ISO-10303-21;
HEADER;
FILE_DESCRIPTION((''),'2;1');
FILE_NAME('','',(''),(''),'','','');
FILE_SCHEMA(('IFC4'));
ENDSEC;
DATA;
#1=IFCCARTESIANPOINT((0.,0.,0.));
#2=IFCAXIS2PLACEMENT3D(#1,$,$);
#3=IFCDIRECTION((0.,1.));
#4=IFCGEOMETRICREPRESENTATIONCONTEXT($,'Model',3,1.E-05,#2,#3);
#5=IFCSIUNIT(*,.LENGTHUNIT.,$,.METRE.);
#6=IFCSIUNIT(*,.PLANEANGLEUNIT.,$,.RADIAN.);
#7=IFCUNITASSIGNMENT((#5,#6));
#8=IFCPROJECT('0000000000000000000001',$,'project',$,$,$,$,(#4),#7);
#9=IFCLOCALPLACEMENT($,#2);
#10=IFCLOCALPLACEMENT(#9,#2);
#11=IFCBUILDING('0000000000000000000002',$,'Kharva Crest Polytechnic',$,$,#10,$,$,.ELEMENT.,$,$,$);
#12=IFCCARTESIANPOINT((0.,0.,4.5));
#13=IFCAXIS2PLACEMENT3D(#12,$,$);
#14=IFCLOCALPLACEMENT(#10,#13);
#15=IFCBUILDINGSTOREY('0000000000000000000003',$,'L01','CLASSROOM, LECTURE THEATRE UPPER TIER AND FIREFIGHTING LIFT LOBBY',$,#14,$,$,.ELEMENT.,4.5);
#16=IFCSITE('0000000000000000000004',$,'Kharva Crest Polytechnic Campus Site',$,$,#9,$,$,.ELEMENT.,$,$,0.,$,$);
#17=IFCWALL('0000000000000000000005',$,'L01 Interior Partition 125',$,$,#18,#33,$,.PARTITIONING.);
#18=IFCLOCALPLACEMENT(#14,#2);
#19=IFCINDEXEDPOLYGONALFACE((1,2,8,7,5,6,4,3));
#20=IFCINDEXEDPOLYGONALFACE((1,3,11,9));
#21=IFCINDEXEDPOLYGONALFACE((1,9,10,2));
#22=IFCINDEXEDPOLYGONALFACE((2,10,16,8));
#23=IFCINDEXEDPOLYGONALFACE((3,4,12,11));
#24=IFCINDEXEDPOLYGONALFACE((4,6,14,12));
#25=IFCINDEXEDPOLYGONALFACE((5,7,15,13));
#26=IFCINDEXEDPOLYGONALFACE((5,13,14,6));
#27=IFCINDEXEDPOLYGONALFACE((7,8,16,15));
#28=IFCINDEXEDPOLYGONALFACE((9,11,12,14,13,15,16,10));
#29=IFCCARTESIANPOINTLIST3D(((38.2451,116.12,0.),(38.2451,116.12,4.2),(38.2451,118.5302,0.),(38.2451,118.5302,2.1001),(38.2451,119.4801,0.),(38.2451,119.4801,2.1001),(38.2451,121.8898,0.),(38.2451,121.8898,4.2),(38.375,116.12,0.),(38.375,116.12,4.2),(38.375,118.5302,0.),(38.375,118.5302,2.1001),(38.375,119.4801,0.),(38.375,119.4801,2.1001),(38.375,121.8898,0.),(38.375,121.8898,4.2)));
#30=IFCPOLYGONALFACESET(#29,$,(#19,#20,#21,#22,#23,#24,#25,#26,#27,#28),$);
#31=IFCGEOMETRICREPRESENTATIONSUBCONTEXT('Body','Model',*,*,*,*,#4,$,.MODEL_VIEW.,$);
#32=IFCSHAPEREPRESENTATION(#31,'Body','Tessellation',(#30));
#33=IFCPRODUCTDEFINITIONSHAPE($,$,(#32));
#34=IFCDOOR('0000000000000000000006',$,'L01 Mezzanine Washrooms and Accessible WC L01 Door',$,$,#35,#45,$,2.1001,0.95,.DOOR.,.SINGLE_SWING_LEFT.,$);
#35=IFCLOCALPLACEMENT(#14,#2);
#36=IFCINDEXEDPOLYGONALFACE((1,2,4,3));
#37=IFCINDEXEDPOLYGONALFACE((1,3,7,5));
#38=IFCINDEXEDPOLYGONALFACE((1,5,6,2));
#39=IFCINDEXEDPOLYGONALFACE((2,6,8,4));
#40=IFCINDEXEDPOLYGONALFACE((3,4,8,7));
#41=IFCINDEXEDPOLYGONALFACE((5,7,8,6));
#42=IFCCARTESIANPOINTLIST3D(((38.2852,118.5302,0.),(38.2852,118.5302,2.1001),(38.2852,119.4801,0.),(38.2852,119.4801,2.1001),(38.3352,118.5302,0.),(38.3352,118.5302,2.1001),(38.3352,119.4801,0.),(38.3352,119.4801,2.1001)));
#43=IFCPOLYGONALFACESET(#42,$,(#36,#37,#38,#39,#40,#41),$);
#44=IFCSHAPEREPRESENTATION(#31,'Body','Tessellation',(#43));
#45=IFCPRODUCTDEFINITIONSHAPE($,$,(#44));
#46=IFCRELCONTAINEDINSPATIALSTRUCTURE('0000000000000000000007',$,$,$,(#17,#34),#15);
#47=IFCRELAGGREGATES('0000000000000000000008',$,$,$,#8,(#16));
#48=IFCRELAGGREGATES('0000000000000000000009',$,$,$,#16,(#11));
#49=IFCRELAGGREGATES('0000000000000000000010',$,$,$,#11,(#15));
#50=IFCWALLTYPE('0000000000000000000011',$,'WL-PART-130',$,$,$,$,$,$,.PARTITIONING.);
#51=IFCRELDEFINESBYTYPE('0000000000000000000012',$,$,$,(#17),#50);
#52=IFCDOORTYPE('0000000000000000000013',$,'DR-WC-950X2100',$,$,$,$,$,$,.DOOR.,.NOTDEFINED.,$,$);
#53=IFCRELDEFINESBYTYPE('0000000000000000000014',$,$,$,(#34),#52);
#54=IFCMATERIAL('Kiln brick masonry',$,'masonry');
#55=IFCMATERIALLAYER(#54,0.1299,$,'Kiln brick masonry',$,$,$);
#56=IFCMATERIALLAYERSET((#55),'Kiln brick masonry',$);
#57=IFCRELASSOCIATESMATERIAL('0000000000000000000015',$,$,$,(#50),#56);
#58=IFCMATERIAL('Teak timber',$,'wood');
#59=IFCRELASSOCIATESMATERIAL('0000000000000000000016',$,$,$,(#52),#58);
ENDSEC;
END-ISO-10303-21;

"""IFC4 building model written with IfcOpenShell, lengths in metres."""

from ifc_helpers import new_model, si_unit, direction, frame, frame_2d, origin, place, context, subcontext, project, spatial, rectangle, extrude, material, layer, layer_set, type_object, element, fill, save


model = new_model("IFC4")

# Units and contexts
model_context = context("Model", 3, precision=1e-05, world=origin(), true_north=direction((0.0, 1.0)))
body_context = subcontext(model_context, "Body", "Model", "MODEL_VIEW")
ifc_project = project(units=[si_unit("LENGTHUNIT", "METRE"), si_unit("PLANEANGLEUNIT", "RADIAN")], contexts=[model_context])

# Site, building, storey
site_placement = place(None, origin())
site = spatial("IfcSite", under=ifc_project, at=site_placement, Name="Kharva Crest Polytechnic Campus Site", CompositionType="ELEMENT", RefElevation=0.0)
building_placement = place(site_placement, origin())
building = spatial("IfcBuilding", under=site, at=building_placement, Name="Kharva Crest Polytechnic", CompositionType="ELEMENT")
storey_placement = place(building_placement, frame((0.0, 0.0, 4.5)))
storey = spatial("IfcBuildingStorey", under=building, at=storey_placement, Name="L01", Description="CLASSROOM, LECTURE THEATRE UPPER TIER AND FIREFIGHTING LIFT LOBBY", CompositionType="ELEMENT", Elevation=4.5)

# Wall, opening, door
ifc_material_1 = material(Name="Kiln brick masonry", Category="masonry")
ifc_layer_1 = layer(ifc_material_1, 0.1299, Name="Kiln brick masonry")
ifc_layer_set_1 = layer_set([ifc_layer_1], Name="Kiln brick masonry")
wall_type = type_object("IfcWallType", Name="WL-PART-130", PredefinedType="PARTITIONING", material=ifc_layer_set_1)
wall_placement = place(storey_placement, frame((38.3101, 116.1201, 0.0), z_axis=(0.0, 0.0, 1.0), x_axis=(0.0, 1.0, 0.0)))
wall = element("IfcWall", 1, at=wall_placement, inside=storey, type_object=wall_type, Name="L01 Interior Partition 125", PredefinedType="PARTITIONING", context=body_context, shape_type="SweptSolid", body=[
    extrude(rectangle(XDim=5.7698, YDim=0.1299, at=frame_2d((2.8848, 0.0))), origin(), (0.0, 0.0, 1.0), 4.2),
])
opening_placement = place(wall_placement, frame((2.4099, 0.0, 0.0)))
opening = element("IfcOpeningElement", 2, at=opening_placement, cuts=wall, PredefinedType="OPENING", context=body_context, shape_type="SweptSolid", body=[
    extrude(rectangle(XDim=0.95, YDim=2.1001, at=frame_2d((0.4751, 1.05))), frame((0.0, 0.075, 0.0), z_axis=(0.0, -1.0, 0.0), x_axis=(1.0, 0.0, 0.0)), (0.0, 0.0, 1.0), 0.1499),
])
ifc_material_2 = material(Name="Teak timber", Category="wood")
door_type = type_object("IfcDoorType", Name="DR-WC-950X2100", OperationType="NOTDEFINED", PredefinedType="DOOR", material=ifc_material_2)
door_placement = place(opening_placement, origin())
door = element("IfcDoor", 3, at=door_placement, inside=storey, type_object=door_type, Name="L01 Mezzanine Washrooms and Accessible WC L01 Door", OperationType="SINGLE_SWING_LEFT", OverallHeight=2.1001, OverallWidth=0.95, PredefinedType="DOOR", context=body_context, shape_type="SweptSolid", body=[
    extrude(rectangle(XDim=0.95, YDim=2.1001, at=frame_2d((0.4751, 1.05))), frame((0.0, 0.0249, 0.0), z_axis=(0.0, -1.0, 0.0), x_axis=(1.0, 0.0, 0.0)), (0.0, 0.0, 1.0), 0.05),
])
fill(opening, door)

save(model, "model.ifc")
